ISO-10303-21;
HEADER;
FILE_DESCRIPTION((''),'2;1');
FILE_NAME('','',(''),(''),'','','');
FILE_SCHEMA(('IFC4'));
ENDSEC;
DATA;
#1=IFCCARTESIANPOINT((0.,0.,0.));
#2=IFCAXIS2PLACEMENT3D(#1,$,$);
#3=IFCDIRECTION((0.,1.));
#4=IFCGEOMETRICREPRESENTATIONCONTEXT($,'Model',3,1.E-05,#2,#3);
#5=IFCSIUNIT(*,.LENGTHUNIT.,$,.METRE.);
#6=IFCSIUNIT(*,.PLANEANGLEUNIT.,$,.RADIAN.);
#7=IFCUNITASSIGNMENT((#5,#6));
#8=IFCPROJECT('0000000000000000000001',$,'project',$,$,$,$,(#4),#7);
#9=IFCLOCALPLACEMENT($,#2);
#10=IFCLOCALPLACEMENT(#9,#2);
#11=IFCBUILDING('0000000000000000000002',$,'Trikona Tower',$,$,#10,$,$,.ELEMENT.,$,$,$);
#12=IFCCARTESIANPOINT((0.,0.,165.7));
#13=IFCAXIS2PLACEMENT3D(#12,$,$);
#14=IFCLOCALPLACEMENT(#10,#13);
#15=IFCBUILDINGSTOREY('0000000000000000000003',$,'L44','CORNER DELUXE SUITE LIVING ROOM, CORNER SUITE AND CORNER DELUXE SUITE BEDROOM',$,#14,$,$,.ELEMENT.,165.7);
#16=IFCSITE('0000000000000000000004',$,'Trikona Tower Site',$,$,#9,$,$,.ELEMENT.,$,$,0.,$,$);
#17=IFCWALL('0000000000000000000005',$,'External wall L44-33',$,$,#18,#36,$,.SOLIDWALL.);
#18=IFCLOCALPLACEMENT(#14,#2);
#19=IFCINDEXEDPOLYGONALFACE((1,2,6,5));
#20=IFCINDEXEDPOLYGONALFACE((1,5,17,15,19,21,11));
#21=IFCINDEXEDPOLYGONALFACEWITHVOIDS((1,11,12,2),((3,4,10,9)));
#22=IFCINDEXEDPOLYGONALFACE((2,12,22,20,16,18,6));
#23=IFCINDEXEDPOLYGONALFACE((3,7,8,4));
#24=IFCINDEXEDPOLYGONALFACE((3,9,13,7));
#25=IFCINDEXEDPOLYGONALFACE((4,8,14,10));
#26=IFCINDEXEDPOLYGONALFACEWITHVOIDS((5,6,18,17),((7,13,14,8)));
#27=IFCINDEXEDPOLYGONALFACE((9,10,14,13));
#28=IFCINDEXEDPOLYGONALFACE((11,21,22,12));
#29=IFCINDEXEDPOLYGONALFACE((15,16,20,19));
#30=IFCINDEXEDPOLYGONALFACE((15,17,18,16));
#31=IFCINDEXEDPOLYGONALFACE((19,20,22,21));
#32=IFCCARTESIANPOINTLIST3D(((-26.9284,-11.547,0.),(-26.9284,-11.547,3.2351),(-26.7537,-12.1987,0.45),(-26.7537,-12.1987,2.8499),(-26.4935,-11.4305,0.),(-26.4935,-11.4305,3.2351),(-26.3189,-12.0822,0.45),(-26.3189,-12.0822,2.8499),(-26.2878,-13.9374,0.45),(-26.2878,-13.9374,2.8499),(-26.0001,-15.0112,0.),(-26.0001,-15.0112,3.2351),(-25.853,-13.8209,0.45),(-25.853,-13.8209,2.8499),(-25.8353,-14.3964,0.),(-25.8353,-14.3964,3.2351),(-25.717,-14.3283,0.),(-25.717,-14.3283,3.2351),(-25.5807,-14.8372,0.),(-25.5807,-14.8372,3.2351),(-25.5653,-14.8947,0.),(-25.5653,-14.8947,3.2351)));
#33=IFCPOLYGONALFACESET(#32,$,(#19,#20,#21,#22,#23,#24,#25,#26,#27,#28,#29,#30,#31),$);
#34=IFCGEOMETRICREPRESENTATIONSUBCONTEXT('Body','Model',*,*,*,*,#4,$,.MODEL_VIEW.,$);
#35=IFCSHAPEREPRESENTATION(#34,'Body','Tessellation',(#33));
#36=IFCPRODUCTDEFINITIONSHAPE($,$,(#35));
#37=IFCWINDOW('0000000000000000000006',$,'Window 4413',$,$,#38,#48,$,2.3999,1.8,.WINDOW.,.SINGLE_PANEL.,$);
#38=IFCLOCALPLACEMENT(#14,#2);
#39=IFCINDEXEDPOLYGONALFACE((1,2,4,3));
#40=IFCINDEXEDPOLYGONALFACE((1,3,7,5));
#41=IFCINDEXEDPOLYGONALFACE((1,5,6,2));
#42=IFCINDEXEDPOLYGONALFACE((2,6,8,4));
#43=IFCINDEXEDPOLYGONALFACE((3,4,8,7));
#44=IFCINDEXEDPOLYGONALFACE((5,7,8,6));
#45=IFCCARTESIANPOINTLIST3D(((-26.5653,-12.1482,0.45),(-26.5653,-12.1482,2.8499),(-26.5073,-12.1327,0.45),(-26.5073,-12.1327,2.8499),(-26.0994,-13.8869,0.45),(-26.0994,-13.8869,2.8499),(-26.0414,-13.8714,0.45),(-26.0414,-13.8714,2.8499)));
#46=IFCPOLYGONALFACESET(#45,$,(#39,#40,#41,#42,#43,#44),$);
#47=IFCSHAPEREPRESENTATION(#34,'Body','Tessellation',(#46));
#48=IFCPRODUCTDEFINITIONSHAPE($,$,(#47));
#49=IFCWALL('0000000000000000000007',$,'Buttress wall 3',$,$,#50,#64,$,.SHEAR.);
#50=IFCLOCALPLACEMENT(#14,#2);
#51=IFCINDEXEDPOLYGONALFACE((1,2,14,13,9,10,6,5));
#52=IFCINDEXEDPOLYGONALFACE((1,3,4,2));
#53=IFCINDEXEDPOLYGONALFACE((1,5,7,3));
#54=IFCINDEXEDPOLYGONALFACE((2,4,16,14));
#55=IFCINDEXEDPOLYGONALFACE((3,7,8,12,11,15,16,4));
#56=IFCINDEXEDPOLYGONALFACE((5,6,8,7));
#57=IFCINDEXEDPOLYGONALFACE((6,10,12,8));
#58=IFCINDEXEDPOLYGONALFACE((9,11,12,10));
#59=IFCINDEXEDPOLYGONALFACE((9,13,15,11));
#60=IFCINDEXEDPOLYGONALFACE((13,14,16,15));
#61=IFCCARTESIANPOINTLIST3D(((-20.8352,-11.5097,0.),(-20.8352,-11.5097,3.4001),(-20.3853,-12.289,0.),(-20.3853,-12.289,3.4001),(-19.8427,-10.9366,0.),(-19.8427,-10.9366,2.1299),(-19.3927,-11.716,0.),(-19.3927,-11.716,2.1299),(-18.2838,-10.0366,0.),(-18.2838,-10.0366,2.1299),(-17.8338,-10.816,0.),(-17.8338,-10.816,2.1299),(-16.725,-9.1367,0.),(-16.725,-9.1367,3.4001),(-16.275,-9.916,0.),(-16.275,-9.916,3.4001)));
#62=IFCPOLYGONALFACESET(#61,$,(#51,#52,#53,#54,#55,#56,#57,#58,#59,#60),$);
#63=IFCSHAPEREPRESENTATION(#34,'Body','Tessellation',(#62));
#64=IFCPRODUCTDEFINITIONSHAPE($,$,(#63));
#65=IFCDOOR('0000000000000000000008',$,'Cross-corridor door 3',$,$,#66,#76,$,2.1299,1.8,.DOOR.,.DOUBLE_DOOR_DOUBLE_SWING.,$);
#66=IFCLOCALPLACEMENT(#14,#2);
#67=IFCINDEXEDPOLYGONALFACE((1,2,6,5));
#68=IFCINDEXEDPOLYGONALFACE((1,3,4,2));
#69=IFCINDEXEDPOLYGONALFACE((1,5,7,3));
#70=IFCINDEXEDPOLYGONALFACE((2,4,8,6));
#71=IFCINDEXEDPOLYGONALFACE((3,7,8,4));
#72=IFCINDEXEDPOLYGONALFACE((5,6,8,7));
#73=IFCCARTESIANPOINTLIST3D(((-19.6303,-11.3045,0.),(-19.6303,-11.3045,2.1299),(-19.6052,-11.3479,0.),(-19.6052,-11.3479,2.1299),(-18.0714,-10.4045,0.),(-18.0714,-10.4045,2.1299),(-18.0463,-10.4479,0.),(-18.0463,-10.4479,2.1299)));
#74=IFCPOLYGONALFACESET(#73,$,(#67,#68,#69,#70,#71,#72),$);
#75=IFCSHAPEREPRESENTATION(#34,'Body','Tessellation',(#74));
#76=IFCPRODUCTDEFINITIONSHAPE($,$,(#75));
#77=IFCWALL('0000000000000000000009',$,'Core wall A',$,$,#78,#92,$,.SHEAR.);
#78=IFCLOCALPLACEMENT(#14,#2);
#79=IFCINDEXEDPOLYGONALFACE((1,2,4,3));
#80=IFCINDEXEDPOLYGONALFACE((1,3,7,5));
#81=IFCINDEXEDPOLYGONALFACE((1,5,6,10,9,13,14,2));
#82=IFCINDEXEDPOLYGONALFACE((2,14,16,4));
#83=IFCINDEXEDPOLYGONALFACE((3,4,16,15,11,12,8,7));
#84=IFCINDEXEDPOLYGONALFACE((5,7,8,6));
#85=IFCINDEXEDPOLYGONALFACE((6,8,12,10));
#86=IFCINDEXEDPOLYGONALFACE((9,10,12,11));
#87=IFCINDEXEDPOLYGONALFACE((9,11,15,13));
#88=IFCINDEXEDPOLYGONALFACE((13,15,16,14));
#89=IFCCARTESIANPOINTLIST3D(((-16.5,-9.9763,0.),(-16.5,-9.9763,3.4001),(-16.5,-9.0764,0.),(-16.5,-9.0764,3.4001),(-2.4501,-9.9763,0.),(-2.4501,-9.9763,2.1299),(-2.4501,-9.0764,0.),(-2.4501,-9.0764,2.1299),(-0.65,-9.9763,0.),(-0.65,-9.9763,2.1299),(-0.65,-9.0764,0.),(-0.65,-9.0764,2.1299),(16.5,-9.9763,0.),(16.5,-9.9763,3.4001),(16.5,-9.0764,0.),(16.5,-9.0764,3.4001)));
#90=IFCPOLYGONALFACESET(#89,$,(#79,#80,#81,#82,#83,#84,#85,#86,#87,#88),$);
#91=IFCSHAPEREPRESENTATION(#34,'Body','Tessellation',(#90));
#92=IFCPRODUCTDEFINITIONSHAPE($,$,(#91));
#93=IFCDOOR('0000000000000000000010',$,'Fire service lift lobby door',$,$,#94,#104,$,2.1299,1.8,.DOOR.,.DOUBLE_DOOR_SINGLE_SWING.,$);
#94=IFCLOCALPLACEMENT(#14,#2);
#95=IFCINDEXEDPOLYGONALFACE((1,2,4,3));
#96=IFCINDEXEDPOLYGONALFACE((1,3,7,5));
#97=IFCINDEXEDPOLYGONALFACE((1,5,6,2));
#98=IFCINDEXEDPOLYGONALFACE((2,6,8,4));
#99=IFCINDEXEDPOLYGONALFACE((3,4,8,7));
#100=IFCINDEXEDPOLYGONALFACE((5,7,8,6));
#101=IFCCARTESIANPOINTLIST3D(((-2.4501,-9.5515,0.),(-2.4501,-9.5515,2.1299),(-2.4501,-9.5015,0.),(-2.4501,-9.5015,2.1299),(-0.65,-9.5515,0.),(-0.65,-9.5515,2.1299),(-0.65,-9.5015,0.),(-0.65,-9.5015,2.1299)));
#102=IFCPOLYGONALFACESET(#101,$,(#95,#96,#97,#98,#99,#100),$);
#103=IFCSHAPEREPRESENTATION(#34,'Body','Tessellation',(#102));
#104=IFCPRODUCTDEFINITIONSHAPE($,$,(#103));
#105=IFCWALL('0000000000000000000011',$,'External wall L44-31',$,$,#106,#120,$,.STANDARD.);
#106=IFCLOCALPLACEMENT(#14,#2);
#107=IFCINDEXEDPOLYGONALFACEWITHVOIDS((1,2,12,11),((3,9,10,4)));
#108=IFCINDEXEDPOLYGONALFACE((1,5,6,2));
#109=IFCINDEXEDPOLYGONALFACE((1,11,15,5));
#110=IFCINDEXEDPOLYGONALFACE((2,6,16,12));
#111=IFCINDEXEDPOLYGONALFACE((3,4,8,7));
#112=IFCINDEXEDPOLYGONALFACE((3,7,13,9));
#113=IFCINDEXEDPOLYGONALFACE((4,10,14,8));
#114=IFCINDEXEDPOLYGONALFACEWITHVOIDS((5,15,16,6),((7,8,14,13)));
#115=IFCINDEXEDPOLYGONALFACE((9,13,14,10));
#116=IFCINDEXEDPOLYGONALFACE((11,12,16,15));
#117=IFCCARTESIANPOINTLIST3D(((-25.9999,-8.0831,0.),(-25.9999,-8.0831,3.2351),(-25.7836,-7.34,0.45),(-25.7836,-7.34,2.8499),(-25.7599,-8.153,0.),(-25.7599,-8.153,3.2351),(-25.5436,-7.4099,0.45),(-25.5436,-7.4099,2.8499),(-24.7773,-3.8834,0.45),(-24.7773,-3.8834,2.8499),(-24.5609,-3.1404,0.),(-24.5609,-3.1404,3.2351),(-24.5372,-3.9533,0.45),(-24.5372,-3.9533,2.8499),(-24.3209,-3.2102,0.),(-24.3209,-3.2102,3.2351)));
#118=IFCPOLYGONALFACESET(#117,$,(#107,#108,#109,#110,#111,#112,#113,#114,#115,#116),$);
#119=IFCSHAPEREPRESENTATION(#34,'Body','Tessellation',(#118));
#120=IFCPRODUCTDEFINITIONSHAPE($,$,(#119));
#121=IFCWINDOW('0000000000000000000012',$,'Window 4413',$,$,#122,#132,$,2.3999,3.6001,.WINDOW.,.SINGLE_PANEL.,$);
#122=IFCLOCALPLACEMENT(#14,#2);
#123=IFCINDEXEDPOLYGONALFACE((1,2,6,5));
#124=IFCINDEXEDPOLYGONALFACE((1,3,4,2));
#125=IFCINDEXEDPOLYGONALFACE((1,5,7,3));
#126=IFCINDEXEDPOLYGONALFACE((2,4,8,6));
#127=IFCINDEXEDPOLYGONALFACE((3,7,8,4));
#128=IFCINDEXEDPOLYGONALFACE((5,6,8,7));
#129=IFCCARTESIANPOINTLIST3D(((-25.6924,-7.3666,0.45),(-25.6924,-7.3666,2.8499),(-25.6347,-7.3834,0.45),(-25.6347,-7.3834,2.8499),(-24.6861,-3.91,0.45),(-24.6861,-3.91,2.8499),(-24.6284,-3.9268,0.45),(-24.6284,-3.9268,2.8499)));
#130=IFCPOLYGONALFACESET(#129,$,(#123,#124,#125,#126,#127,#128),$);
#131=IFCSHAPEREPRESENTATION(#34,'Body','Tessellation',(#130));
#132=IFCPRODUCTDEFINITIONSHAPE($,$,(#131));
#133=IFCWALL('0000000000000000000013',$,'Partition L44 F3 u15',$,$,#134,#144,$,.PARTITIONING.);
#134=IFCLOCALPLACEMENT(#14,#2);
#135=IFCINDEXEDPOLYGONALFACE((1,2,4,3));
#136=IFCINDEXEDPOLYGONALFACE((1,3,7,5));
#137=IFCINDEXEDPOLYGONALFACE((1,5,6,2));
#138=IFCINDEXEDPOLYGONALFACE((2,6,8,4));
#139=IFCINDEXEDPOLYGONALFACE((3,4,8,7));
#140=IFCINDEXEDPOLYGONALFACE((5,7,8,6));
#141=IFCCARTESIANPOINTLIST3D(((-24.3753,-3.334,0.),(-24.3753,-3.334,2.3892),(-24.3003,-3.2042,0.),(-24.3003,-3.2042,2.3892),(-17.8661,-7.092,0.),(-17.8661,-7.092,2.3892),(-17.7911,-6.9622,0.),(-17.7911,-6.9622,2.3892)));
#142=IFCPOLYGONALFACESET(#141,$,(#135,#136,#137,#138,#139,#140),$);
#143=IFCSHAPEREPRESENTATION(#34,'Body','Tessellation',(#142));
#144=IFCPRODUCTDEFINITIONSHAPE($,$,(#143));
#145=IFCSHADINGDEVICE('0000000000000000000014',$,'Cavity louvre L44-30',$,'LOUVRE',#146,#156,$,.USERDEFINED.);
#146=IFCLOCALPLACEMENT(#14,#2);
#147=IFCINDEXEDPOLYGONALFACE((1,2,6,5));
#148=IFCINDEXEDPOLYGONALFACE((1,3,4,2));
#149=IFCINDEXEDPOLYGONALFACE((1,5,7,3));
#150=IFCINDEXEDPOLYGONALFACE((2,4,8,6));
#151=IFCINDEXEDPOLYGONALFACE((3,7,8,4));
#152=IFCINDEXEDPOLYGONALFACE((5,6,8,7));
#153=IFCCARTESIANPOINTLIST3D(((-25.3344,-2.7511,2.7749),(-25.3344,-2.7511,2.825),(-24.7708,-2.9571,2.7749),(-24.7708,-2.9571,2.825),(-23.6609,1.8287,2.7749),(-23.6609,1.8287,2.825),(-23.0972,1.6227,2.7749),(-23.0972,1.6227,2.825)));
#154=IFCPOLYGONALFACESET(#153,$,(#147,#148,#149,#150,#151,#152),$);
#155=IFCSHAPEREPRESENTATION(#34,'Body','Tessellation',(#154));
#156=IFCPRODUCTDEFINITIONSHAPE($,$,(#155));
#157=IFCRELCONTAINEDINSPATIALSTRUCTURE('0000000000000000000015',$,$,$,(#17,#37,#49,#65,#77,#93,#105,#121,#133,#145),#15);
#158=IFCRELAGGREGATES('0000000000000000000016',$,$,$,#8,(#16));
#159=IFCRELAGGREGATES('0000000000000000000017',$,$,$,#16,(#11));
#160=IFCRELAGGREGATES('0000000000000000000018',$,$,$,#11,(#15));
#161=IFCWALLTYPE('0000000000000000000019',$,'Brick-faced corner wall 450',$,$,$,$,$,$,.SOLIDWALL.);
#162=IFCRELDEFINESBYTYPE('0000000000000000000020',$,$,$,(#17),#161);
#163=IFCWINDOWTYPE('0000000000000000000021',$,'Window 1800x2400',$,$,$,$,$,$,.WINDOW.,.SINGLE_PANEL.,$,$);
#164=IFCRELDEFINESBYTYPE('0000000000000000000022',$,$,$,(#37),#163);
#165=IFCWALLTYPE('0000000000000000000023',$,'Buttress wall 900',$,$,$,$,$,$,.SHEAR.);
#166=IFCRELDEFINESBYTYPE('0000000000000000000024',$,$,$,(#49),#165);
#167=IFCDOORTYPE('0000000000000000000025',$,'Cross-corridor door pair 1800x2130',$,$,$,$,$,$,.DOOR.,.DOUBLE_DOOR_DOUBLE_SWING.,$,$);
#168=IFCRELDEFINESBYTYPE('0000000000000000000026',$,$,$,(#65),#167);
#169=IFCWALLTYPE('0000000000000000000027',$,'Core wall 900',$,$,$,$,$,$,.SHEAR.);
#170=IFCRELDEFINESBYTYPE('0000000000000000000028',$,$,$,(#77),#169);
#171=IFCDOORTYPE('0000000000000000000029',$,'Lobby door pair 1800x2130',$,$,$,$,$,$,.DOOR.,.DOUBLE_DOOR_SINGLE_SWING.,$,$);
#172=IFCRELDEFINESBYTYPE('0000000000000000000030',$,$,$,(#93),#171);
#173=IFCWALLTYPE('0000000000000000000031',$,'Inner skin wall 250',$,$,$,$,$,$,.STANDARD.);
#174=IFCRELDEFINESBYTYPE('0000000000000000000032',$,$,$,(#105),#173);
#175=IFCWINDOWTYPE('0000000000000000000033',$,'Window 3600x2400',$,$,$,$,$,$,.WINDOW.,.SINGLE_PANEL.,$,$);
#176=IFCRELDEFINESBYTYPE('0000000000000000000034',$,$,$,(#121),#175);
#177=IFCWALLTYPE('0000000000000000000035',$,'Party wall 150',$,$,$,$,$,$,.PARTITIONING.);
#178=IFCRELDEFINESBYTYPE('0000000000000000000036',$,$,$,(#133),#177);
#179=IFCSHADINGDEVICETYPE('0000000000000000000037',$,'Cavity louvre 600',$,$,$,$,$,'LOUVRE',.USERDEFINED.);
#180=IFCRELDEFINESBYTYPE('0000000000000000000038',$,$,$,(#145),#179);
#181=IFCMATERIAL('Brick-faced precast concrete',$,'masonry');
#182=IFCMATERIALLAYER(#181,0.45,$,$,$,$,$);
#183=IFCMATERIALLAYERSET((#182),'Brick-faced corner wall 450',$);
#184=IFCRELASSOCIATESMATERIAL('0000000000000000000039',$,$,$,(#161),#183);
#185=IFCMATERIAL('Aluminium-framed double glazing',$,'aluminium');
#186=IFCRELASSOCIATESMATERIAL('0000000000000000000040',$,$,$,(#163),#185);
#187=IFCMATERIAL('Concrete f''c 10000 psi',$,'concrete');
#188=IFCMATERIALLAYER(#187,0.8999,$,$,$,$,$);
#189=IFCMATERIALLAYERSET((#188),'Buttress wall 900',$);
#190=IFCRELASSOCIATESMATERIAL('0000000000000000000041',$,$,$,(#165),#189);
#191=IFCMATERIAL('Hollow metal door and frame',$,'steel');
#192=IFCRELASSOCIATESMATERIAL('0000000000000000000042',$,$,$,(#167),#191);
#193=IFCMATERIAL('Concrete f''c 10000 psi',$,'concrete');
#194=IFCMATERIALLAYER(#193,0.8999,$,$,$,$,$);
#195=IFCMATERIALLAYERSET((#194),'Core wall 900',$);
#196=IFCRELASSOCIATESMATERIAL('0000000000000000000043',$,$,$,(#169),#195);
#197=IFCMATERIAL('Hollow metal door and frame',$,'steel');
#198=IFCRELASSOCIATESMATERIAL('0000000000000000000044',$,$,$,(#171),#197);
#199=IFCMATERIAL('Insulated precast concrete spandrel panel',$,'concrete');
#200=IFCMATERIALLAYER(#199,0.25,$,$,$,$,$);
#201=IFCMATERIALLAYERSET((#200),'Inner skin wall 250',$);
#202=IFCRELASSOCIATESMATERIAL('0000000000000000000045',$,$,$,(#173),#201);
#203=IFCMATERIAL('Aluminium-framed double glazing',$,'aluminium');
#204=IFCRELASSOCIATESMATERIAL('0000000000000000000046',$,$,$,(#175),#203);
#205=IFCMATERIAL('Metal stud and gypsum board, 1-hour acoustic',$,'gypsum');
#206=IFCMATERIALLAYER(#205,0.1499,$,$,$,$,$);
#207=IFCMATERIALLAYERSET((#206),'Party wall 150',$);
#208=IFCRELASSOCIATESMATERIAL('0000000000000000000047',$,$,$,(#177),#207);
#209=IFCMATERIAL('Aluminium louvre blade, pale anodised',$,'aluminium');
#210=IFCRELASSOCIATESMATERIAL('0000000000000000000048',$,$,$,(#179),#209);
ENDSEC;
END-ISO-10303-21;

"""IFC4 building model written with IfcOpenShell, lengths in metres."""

from ifc_helpers import new_model, si_unit, direction, frame, frame_2d, origin, origin_2d, place, context, subcontext, project, spatial, polyline, rectangle, outline, extrude, material, layer, layer_set, type_object, element, fill, save


model = new_model("IFC4")

# Units and contexts
model_context = context("Model", 3, precision=1e-05, world=origin(), true_north=direction((0.0, 1.0)))
body_context = subcontext(model_context, "Body", "Model", "MODEL_VIEW")
ifc_project = project(units=[si_unit("LENGTHUNIT", "METRE"), si_unit("PLANEANGLEUNIT", "RADIAN")], contexts=[model_context])

# Site, building, storey
site_placement = place(None, origin())
site = spatial("IfcSite", under=ifc_project, at=site_placement, Name="Trikona Tower Site", CompositionType="ELEMENT", RefElevation=0.0)
building_placement = place(site_placement, origin())
building = spatial("IfcBuilding", under=site, at=building_placement, Name="Trikona Tower", CompositionType="ELEMENT")
storey_placement = place(building_placement, frame((0.0, 0.0, 165.7)))
storey = spatial("IfcBuildingStorey", under=building, at=storey_placement, Name="L44", Description="CORNER DELUXE SUITE LIVING ROOM, CORNER SUITE AND CORNER DELUXE SUITE BEDROOM", CompositionType="ELEMENT", Elevation=165.7)

# Wall, opening, window
ifc_material_1 = material(Name="Brick-faced precast concrete", Category="masonry")
ifc_layer_1 = layer(ifc_material_1, 0.45)
ifc_layer_set_1 = layer_set([ifc_layer_1], Name="Brick-faced corner wall 450")
wall_type_1 = type_object("IfcWallType", Name="Brick-faced corner wall 450", PredefinedType="SOLIDWALL", material=ifc_layer_set_1)
wall_1_placement = place(storey_placement, frame((-26.7109, -11.4888, 0.0), z_axis=(0.0, 0.0, 1.0), x_axis=(0.258823, -0.965925, 0.0)))
wall_1 = element("IfcWall", 1, at=wall_1_placement, inside=storey, type_object=wall_type_1, Name="External wall L44-33", PredefinedType="SOLIDWALL", context=body_context, shape_type="SweptSolid", body=[
    extrude(outline(polyline([(3.5864, 0.2251), (3.5269, 0.2251), (3.0352, 0.0933), (3.0, 0.2251), (0.0, 0.2251), (0.0, -0.2251), (3.5864, -0.2251), (3.5864, 0.2251)])), origin(), (0.0, 0.0, 1.0), 3.2351),
])
opening_1_placement = place(wall_1_placement, frame((0.6748, 0.0, 0.45)))
opening_1 = element("IfcOpeningElement", 2, at=opening_1_placement, cuts=wall_1, PredefinedType="OPENING", context=body_context, shape_type="SweptSolid", body=[
    extrude(rectangle(XDim=1.8, YDim=2.3999, at=frame_2d((0.8999, 1.2))), frame((0.0, 0.2349, 0.0), z_axis=(0.0, -1.0, 0.0), x_axis=(1.0, 0.0, 0.0)), (0.0, 0.0, 1.0), 0.47),
])
ifc_material_2 = material(Name="Aluminium-framed double glazing", Category="aluminium")
window_type_1 = type_object("IfcWindowType", Name="Window 1800x2400", PartitioningType="SINGLE_PANEL", PredefinedType="WINDOW", material=ifc_material_2)
window_1_placement = place(opening_1_placement, origin())
window_1 = element("IfcWindow", 3, at=window_1_placement, inside=storey, type_object=window_type_1, Name="Window 4413", OverallHeight=2.3999, OverallWidth=1.8, PartitioningType="SINGLE_PANEL", PredefinedType="WINDOW", context=body_context, shape_type="SweptSolid", body=[
    extrude(rectangle(XDim=1.8, YDim=2.3999, at=frame_2d((0.8999, 1.2))), frame((0.0, 0.03, 0.0), z_axis=(0.0, -1.0, 0.0), x_axis=(1.0, 0.0, 0.0)), (0.0, 0.0, 1.0), 0.0601),
])
fill(opening_1, window_1)

# Walls, openings, doors
ifc_material_3 = material(Name="Concrete f'c 10000 psi", Category="concrete")
ifc_layer_2 = layer(ifc_material_3, 0.8999)
ifc_layer_set_2 = layer_set([ifc_layer_2], Name="Buttress wall 900")
wall_type_2 = type_object("IfcWallType", Name="Buttress wall 900", PredefinedType="SHEAR", material=ifc_layer_set_2)
wall_2_placement = place(storey_placement, frame((-16.5, -9.5264, 0.0), z_axis=(0.0, 0.0, 1.0), x_axis=(-0.866031, -0.49999, 0.0)))
wall_2 = element("IfcWall", 4, at=wall_2_placement, inside=storey, type_object=wall_type_2, Name="Buttress wall 3", PredefinedType="SHEAR", context=body_context, shape_type="SweptSolid", body=[
    extrude(rectangle(XDim=4.7461, YDim=0.8999, at=frame_2d((2.373, 0.0))), origin(), (0.0, 0.0, 1.0), 3.4001),
])
opening_2_placement = place(wall_2_placement, frame((1.8, 0.0, 0.0)))
opening_2 = element("IfcOpeningElement", 5, at=opening_2_placement, cuts=wall_2, PredefinedType="OPENING", context=body_context, shape_type="SweptSolid", body=[
    extrude(rectangle(XDim=1.8, YDim=2.1299, at=frame_2d((0.8999, 1.0649))), frame((0.0, 0.46, 0.0), z_axis=(0.0, -1.0, 0.0), x_axis=(1.0, 0.0, 0.0)), (0.0, 0.0, 1.0), 0.9199),
])
ifc_material_4 = material(Name="Hollow metal door and frame", Category="steel")
door_type_1 = type_object("IfcDoorType", Name="Cross-corridor door pair 1800x2130", OperationType="DOUBLE_DOOR_DOUBLE_SWING", PredefinedType="DOOR", material=ifc_material_4)
door_1_placement = place(opening_2_placement, origin())
door_1 = element("IfcDoor", 6, at=door_1_placement, inside=storey, type_object=door_type_1, Name="Cross-corridor door 3", OperationType="DOUBLE_DOOR_DOUBLE_SWING", OverallHeight=2.1299, OverallWidth=1.8, PredefinedType="DOOR", context=body_context, shape_type="SweptSolid", body=[
    extrude(rectangle(XDim=1.8, YDim=2.1299, at=frame_2d((0.8999, 1.0649))), frame((0.0, 0.0249, 0.0), z_axis=(0.0, -1.0, 0.0), x_axis=(1.0, 0.0, 0.0)), (0.0, 0.0, 1.0), 0.05),
])
fill(opening_2, door_1)
ifc_material_5 = material(Name="Concrete f'c 10000 psi", Category="concrete")
ifc_layer_3 = layer(ifc_material_5, 0.8999)
ifc_layer_set_3 = layer_set([ifc_layer_3], Name="Core wall 900")
wall_type_3 = type_object("IfcWallType", Name="Core wall 900", PredefinedType="SHEAR", material=ifc_layer_set_3)
wall_3_placement = place(storey_placement, frame((-16.5, -9.5264, 0.0), z_axis=(0.0, 0.0, 1.0), x_axis=(1.0, 0.0, 0.0)))
wall_3 = element("IfcWall", 7, at=wall_3_placement, inside=storey, type_object=wall_type_3, Name="Core wall A", PredefinedType="SHEAR", context=body_context, shape_type="SweptSolid", body=[
    extrude(rectangle(XDim=33.0, YDim=0.8999, at=frame_2d((16.5, 0.0))), origin(), (0.0, 0.0, 1.0), 3.4001),
])
opening_3_placement = place(wall_3_placement, frame((14.05, 0.0, 0.0)))
opening_3 = element("IfcOpeningElement", 8, at=opening_3_placement, cuts=wall_3, PredefinedType="OPENING", context=body_context, shape_type="SweptSolid", body=[
    extrude(rectangle(XDim=1.8, YDim=2.1299, at=frame_2d((0.8999, 1.0649))), frame((0.0, 0.46, 0.0), z_axis=(0.0, -1.0, 0.0), x_axis=(1.0, 0.0, 0.0)), (0.0, 0.0, 1.0), 0.9199),
])
ifc_material_6 = material(Name="Hollow metal door and frame", Category="steel")
door_type_2 = type_object("IfcDoorType", Name="Lobby door pair 1800x2130", OperationType="DOUBLE_DOOR_SINGLE_SWING", PredefinedType="DOOR", material=ifc_material_6)
door_2_placement = place(opening_3_placement, origin())
door_2 = element("IfcDoor", 9, at=door_2_placement, inside=storey, type_object=door_type_2, Name="Fire service lift lobby door", OperationType="DOUBLE_DOOR_SINGLE_SWING", OverallHeight=2.1299, OverallWidth=1.8, PredefinedType="DOOR", context=body_context, shape_type="SweptSolid", body=[
    extrude(rectangle(XDim=1.8, YDim=2.1299, at=frame_2d((0.8999, 1.0649))), frame((0.0, 0.0249, 0.0), z_axis=(0.0, -1.0, 0.0), x_axis=(1.0, 0.0, 0.0)), (0.0, 0.0, 1.0), 0.05),
])
fill(opening_3, door_2)

# Wall, opening, window
ifc_material_7 = material(Name="Insulated precast concrete spandrel panel", Category="concrete")
ifc_layer_4 = layer(ifc_material_7, 0.25)
ifc_layer_set_4 = layer_set([ifc_layer_4], Name="Inner skin wall 250")
wall_type_4 = type_object("IfcWallType", Name="Inner skin wall 250", PredefinedType="STANDARD", material=ifc_layer_set_4)
wall_4_placement = place(storey_placement, frame((-24.4409, -3.1753, 0.0), z_axis=(0.0, 0.0, 1.0), x_axis=(-0.279528, -0.960137, 0.0)))
wall_4 = element("IfcWall", 10, at=wall_4_placement, inside=storey, type_object=wall_type_4, Name="External wall L44-31", PredefinedType="STANDARD", context=body_context, shape_type="SweptSolid", body=[
    extrude(rectangle(XDim=5.1479, YDim=0.25, at=frame_2d((2.574, 0.0))), origin(), (0.0, 0.0, 1.0), 3.2351),
])
opening_4_placement = place(wall_4_placement, frame((0.7739, 0.0, 0.45)))
opening_4 = element("IfcOpeningElement", 11, at=opening_4_placement, cuts=wall_4, PredefinedType="OPENING", context=body_context, shape_type="SweptSolid", body=[
    extrude(rectangle(XDim=3.6001, YDim=2.3999, at=frame_2d((1.8, 1.2))), frame((0.0, 0.135, 0.0), z_axis=(0.0, -1.0, 0.0), x_axis=(1.0, 0.0, 0.0)), (0.0, 0.0, 1.0), 0.27),
])
ifc_material_8 = material(Name="Aluminium-framed double glazing", Category="aluminium")
window_type_2 = type_object("IfcWindowType", Name="Window 3600x2400", PartitioningType="SINGLE_PANEL", PredefinedType="WINDOW", material=ifc_material_8)
window_2_placement = place(opening_4_placement, origin())
window_2 = element("IfcWindow", 12, at=window_2_placement, inside=storey, type_object=window_type_2, Name="Window 4413", OverallHeight=2.3999, OverallWidth=3.6001, PartitioningType="SINGLE_PANEL", PredefinedType="WINDOW", context=body_context, shape_type="SweptSolid", body=[
    extrude(rectangle(XDim=3.6001, YDim=2.3999, at=frame_2d((1.8, 1.2))), frame((0.0, 0.03, 0.0), z_axis=(0.0, -1.0, 0.0), x_axis=(1.0, 0.0, 0.0)), (0.0, 0.0, 1.0), 0.0601),
])
fill(opening_4, window_2)

# Wall
ifc_material_9 = material(Name="Metal stud and gypsum board, 1-hour acoustic", Category="gypsum")
ifc_layer_5 = layer(ifc_material_9, 0.1499)
ifc_layer_set_5 = layer_set([ifc_layer_5], Name="Party wall 150")
wall_type_5 = type_object("IfcWallType", Name="Party wall 150", PredefinedType="PARTITIONING", material=ifc_layer_set_5)
wall_5_placement = place(storey_placement, frame((-17.8286, -7.0271, 0.0), z_axis=(0.0, 0.0, 1.0), x_axis=(-0.86603, 0.499992, 0.0)))
element("IfcWall", 13, at=wall_5_placement, inside=storey, type_object=wall_type_5, Name="Partition L44 F3 u15", PredefinedType="PARTITIONING", context=body_context, shape_type="SweptSolid", body=[
    extrude(rectangle(XDim=7.5161, YDim=0.1499, at=frame_2d((3.7581, 0.0))), origin(), (0.0, 0.0, 1.0), 2.3892),
])

# Shading device
ifc_material_10 = material(Name="Aluminium louvre blade, pale anodised", Category="aluminium")
shading_device_type = type_object("IfcShadingDeviceType", Name="Cavity louvre 600", ElementType="LOUVRE", PredefinedType="USERDEFINED", material=ifc_material_10)
shading_device_1_placement = place(storey_placement, frame((-24.2158, -0.5642, 2.7749), z_axis=(0.0, 0.0, 1.0), x_axis=(-0.34322, -0.939255, 0.0)))
element("IfcShadingDevice", 14, at=shading_device_1_placement, inside=storey, type_object=shading_device_type, Name="Cavity louvre L44-30", ObjectType="LOUVRE", PredefinedType="USERDEFINED", context=body_context, shape_type="SweptSolid", body=[
    extrude(rectangle(XDim=4.876, YDim=0.6001, at=origin_2d()), origin(), (0.0, 0.0, 1.0), 0.05),
])

save(model, "model.ifc")
